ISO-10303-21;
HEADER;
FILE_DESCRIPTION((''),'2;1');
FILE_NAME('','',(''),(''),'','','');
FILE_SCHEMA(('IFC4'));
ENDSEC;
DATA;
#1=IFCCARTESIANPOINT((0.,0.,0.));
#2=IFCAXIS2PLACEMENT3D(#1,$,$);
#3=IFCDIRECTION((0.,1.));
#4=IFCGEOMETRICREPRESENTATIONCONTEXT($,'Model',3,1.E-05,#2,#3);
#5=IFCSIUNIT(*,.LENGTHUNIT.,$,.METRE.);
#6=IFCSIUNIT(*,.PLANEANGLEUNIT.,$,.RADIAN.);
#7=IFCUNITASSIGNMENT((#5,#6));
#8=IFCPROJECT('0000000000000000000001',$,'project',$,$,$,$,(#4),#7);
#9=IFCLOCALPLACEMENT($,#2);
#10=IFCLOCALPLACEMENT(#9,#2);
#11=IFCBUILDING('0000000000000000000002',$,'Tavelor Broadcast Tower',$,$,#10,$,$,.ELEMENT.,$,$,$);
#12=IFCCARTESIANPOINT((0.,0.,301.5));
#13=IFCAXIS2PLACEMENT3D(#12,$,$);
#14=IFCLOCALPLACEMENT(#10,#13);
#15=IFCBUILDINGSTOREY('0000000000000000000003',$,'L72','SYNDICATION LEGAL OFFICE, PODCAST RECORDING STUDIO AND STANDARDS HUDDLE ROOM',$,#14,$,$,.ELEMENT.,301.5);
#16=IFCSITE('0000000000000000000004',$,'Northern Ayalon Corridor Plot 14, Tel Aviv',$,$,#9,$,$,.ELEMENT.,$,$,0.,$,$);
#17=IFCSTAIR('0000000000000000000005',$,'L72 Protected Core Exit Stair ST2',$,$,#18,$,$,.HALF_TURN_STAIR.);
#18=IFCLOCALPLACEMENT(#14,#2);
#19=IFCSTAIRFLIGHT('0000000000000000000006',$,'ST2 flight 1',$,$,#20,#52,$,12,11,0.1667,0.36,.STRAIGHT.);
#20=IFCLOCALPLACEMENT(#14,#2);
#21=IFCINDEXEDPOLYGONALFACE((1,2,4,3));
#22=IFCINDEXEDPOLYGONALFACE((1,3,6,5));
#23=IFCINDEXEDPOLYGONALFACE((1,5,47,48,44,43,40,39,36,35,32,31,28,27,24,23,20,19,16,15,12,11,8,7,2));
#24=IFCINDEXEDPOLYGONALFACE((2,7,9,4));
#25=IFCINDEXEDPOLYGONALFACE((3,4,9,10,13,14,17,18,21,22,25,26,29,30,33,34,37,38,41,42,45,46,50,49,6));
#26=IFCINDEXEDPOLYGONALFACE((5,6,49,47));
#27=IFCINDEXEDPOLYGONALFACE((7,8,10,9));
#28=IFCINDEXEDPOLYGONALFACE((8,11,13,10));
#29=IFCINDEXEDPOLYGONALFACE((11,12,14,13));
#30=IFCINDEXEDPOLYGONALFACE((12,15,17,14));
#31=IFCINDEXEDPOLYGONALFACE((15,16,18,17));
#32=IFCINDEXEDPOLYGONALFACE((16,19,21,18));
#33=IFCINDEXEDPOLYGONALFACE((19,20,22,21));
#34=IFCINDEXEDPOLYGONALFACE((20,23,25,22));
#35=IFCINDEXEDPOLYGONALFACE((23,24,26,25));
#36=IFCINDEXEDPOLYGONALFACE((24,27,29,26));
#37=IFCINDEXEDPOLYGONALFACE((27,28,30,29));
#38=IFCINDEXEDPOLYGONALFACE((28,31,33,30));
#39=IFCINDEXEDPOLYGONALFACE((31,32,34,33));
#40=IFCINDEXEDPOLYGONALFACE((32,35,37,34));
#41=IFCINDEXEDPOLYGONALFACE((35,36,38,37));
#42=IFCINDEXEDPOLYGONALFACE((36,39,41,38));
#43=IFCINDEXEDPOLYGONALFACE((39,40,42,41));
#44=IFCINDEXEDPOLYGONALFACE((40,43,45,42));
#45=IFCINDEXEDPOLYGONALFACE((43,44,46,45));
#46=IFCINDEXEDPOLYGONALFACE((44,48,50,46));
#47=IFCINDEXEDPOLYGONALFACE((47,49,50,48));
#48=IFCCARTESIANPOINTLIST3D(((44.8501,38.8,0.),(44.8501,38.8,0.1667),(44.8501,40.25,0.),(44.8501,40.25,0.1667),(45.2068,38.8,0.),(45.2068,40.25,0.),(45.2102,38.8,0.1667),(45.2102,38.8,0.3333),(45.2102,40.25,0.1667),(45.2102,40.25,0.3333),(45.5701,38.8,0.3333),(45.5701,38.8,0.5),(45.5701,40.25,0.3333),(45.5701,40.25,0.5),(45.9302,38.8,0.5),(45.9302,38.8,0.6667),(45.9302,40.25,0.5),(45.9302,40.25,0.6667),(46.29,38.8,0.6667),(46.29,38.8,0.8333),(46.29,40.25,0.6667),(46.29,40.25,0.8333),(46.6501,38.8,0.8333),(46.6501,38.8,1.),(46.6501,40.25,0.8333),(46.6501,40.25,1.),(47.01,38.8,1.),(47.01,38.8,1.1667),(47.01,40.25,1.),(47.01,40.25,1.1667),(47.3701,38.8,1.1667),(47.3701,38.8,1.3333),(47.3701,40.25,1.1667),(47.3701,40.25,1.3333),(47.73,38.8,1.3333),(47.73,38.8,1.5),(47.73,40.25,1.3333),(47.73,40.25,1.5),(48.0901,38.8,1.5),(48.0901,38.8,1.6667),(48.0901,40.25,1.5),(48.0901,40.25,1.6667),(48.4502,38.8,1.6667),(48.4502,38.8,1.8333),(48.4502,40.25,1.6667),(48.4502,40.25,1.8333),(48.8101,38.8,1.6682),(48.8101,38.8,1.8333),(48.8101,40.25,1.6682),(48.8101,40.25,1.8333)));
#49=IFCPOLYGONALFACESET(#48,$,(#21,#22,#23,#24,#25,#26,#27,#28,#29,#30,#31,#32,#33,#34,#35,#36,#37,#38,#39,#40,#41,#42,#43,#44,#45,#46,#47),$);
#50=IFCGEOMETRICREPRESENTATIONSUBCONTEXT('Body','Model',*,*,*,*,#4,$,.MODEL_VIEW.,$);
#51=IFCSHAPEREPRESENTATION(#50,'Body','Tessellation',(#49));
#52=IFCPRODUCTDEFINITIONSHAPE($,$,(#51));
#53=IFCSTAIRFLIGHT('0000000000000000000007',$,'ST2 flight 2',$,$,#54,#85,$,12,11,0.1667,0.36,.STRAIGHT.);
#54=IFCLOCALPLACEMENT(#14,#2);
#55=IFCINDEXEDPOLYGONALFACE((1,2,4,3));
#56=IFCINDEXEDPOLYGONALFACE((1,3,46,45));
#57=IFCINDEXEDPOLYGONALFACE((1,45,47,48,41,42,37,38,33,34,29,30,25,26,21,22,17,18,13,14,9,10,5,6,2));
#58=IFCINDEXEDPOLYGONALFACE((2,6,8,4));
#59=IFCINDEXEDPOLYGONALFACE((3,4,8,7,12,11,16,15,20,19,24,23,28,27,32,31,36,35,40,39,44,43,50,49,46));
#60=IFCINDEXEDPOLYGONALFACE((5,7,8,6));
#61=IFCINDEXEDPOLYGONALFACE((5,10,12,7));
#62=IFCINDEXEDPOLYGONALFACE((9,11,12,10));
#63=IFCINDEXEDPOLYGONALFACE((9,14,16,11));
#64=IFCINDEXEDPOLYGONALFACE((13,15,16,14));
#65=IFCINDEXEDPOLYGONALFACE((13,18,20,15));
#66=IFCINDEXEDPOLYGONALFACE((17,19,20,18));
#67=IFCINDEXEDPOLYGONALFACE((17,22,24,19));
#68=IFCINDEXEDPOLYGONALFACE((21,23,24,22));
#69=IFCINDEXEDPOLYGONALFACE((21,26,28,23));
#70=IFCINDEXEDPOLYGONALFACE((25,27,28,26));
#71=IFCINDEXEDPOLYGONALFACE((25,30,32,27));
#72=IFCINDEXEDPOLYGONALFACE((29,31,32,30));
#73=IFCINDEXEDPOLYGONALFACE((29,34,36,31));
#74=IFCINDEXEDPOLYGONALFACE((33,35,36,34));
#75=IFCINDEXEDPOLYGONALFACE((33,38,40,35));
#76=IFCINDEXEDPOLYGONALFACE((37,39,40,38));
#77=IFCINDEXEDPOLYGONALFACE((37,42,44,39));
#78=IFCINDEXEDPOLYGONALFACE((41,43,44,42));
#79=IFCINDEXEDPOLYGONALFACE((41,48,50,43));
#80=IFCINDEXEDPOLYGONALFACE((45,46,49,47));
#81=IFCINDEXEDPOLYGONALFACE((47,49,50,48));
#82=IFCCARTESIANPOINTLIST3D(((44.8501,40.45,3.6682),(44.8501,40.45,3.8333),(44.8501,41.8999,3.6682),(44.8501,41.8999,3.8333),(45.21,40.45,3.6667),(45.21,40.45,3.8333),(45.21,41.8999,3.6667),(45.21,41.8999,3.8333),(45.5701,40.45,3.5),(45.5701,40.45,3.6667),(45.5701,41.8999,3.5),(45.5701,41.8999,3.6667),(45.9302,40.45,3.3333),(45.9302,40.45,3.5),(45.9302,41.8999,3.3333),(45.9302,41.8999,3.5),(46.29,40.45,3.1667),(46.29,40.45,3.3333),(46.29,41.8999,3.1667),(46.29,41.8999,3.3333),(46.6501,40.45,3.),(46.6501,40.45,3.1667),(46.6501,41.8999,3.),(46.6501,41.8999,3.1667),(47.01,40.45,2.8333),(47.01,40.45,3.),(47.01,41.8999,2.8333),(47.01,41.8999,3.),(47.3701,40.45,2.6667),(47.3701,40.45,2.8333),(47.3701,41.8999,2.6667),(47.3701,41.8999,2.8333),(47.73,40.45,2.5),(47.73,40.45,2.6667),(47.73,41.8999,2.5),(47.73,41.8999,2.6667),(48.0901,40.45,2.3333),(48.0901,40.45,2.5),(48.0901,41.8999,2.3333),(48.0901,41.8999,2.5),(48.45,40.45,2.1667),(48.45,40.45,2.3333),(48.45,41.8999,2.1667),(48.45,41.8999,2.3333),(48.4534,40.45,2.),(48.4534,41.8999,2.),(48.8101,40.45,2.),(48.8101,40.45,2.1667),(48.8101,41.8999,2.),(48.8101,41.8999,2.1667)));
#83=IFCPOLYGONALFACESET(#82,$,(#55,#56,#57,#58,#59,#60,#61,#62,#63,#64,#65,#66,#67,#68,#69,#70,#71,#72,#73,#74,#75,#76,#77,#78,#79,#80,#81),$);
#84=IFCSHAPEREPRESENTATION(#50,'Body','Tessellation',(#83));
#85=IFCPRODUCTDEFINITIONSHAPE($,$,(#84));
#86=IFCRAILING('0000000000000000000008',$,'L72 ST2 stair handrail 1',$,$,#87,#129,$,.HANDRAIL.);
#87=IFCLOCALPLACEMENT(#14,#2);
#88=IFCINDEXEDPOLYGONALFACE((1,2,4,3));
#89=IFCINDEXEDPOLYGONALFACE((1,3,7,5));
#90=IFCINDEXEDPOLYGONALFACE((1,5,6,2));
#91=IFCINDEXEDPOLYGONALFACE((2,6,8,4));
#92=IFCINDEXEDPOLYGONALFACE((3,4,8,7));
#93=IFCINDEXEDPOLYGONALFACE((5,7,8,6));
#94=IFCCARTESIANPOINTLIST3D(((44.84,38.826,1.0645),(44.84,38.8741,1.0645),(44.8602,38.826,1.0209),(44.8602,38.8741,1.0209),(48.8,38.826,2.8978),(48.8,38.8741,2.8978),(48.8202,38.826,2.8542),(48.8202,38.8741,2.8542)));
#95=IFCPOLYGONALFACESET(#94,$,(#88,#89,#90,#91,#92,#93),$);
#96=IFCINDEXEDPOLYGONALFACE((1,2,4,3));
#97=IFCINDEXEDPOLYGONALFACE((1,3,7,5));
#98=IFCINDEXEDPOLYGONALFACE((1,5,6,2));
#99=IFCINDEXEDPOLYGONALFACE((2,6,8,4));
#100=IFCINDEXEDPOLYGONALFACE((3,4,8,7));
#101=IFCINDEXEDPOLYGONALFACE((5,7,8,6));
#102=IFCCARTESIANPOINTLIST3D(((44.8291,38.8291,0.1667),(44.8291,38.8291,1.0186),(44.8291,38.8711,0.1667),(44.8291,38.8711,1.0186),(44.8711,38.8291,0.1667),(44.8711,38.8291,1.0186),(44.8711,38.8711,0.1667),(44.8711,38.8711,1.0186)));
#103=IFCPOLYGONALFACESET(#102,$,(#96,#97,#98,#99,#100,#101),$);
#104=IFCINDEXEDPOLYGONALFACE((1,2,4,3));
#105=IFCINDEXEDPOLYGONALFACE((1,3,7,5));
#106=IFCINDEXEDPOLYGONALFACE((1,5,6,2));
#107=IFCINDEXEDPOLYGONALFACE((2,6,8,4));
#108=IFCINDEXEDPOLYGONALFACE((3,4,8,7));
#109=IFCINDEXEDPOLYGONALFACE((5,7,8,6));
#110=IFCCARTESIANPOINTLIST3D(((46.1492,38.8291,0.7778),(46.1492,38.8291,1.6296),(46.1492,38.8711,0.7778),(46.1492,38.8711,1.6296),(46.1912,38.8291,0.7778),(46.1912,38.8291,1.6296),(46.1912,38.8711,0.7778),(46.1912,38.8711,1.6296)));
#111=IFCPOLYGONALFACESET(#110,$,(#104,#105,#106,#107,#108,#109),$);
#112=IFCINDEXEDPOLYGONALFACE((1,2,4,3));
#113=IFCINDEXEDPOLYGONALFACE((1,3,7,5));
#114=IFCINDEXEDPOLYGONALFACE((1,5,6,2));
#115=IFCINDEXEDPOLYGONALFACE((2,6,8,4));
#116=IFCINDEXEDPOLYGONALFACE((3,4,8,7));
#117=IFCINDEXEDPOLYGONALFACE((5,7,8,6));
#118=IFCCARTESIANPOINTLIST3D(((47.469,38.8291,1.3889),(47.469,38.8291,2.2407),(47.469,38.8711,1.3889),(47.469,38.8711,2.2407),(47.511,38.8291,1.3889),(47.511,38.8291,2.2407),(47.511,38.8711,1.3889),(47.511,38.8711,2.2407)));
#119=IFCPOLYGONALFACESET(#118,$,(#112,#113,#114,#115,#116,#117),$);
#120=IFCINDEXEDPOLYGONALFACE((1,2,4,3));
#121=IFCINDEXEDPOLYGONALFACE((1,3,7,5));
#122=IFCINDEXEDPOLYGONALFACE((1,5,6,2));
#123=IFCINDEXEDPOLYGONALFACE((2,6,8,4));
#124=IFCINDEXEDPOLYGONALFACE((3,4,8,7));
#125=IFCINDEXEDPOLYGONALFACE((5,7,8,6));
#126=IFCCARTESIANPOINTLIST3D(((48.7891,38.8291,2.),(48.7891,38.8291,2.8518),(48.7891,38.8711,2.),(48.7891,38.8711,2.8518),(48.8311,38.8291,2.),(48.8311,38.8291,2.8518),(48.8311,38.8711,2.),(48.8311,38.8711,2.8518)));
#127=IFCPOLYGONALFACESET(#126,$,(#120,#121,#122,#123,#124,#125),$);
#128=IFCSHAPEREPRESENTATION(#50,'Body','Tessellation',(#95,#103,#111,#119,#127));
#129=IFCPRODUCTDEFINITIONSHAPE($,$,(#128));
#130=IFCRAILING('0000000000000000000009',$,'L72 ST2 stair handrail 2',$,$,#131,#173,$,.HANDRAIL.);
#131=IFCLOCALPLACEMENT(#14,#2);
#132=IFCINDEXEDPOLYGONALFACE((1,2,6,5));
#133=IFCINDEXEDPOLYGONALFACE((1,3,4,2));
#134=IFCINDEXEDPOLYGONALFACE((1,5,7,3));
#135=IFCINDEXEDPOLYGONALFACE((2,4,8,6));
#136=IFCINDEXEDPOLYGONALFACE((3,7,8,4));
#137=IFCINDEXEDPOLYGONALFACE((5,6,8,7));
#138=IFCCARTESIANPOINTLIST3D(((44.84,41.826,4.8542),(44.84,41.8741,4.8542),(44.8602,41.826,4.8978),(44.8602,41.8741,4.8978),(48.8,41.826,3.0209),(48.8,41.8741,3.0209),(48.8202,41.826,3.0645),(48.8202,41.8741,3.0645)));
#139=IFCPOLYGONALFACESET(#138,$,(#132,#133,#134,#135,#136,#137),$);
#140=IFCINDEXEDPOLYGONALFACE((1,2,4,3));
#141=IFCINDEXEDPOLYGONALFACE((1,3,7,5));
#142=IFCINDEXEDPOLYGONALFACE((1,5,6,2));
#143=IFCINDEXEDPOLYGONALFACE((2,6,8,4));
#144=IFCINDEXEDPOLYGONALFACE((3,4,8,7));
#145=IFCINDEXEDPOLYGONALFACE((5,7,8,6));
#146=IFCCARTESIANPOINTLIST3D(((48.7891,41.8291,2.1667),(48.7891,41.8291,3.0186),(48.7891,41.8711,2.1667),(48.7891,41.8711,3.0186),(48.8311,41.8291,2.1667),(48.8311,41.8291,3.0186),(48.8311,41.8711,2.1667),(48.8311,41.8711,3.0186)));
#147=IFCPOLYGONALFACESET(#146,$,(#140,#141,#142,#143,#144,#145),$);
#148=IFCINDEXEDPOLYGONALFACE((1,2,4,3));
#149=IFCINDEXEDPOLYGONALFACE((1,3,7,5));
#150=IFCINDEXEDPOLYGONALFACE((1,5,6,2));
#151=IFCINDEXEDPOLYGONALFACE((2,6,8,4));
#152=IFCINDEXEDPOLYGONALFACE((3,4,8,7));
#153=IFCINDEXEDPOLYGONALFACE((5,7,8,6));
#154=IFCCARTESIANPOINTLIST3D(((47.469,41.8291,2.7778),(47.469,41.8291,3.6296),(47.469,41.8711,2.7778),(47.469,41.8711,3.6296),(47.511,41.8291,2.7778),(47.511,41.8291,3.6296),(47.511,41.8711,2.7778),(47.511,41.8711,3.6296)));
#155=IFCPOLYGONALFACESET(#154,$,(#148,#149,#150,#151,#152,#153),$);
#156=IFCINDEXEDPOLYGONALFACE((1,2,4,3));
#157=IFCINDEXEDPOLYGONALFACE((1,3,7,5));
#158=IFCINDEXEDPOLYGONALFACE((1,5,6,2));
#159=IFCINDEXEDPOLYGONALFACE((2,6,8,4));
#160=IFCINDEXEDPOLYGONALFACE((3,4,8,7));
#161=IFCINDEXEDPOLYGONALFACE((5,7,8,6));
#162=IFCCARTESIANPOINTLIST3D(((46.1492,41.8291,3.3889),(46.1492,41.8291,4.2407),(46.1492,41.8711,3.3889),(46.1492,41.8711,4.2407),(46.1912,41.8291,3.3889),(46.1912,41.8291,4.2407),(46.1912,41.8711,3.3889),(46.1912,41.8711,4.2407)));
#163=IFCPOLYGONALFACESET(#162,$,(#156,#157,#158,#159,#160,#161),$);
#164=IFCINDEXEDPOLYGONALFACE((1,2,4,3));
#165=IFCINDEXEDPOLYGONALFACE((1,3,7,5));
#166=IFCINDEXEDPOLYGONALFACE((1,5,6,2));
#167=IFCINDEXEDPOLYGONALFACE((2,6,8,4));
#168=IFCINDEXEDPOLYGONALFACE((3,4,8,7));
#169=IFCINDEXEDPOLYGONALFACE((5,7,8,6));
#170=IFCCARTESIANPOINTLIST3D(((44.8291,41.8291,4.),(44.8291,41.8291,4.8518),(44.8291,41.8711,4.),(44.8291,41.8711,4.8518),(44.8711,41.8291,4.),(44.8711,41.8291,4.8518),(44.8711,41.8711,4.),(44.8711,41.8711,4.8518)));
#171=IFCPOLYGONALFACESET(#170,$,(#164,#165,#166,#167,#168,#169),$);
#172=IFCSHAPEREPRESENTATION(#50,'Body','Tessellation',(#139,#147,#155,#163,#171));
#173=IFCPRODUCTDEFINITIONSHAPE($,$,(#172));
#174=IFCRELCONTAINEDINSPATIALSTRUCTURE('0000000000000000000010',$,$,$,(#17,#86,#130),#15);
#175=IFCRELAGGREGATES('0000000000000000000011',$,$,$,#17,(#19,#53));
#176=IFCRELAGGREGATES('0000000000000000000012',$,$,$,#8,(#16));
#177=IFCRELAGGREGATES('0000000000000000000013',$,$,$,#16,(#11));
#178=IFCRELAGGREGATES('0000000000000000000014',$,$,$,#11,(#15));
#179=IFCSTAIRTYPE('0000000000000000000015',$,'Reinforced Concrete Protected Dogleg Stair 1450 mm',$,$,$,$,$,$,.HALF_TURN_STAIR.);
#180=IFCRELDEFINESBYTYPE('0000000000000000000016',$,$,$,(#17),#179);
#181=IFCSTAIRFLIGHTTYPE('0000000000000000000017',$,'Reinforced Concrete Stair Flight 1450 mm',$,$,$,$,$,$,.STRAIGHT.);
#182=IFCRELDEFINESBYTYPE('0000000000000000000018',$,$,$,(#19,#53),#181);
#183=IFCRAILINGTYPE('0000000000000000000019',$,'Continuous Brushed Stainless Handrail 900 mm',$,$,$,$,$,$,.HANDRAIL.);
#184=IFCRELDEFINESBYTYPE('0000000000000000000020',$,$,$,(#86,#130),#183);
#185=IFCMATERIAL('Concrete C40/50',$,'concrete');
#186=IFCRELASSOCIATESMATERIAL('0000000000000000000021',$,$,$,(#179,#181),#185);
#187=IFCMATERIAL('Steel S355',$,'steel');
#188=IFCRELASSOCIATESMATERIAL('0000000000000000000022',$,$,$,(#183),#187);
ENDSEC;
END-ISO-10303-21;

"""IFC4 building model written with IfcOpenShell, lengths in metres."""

from ifc_helpers import new_model, si_unit, direction, frame, origin, origin_2d, place, context, subcontext, project, spatial, polyline, rectangle, outline, extrude, material, type_object, element, aggregate, save


model = new_model("IFC4")

# Units and contexts
model_context = context("Model", 3, precision=1e-05, world=origin(), true_north=direction((0.0, 1.0)))
body_context = subcontext(model_context, "Body", "Model", "MODEL_VIEW")
ifc_project = project(units=[si_unit("LENGTHUNIT", "METRE"), si_unit("PLANEANGLEUNIT", "RADIAN")], contexts=[model_context])

# Site, building, storey
site_placement = place(None, origin())
site = spatial("IfcSite", under=ifc_project, at=site_placement, Name="Northern Ayalon Corridor Plot 14, Tel Aviv", CompositionType="ELEMENT", RefElevation=0.0)
building_placement = place(site_placement, origin())
building = spatial("IfcBuilding", under=site, at=building_placement, Name="Tavelor Broadcast Tower", CompositionType="ELEMENT")
storey_placement = place(building_placement, frame((0.0, 0.0, 301.5)))
storey = spatial("IfcBuildingStorey", under=building, at=storey_placement, Name="L72", Description="SYNDICATION LEGAL OFFICE, PODCAST RECORDING STUDIO AND STANDARDS HUDDLE ROOM", CompositionType="ELEMENT", Elevation=301.5)

# Shared definitions
ifc_material_1 = material(Name="Concrete C40/50", Category="concrete")
ifc_material_2 = material(Name="Steel S355", Category="steel")

# Stair, stair flights
stair_type = type_object("IfcStairType", Name="Reinforced Concrete Protected Dogleg Stair 1450 mm", PredefinedType="HALF_TURN_STAIR", material=ifc_material_1)
stair_placement = place(storey_placement, origin())
stair = element("IfcStair", 1, at=stair_placement, inside=storey, type_object=stair_type, Name="L72 Protected Core Exit Stair ST2", PredefinedType="HALF_TURN_STAIR")
stair_flight_type = type_object("IfcStairFlightType", Name="Reinforced Concrete Stair Flight 1450 mm", PredefinedType="STRAIGHT", material=ifc_material_1)
stair_flight_1_placement = place(storey_placement, frame((44.8501, 39.5249, 0.0), z_axis=(0.0, 0.0, 1.0), x_axis=(1.0, 0.0, 0.0)))
stair_flight_1 = element("IfcStairFlight", 2, at=stair_flight_1_placement, type_object=stair_flight_type, Name="ST2 flight 1", NumberOfRisers=12, NumberOfTreads=11, PredefinedType="STRAIGHT", RiserHeight=0.1667, TreadLength=0.36, context=body_context, shape_type="SweptSolid", body=[
    extrude(outline(polyline([(0.0, 0.0), (0.0, 0.1667), (0.3601, 0.1667), (0.3601, 0.3333), (0.72, 0.3333), (0.72, 0.5), (1.0801, 0.5), (1.0801, 0.6667), (1.4399, 0.6667), (1.4399, 0.8333), (1.8, 0.8333), (1.8, 1.0), (2.1599, 1.0), (2.1599, 1.1667), (2.52, 1.1667), (2.52, 1.3333), (2.8799, 1.3333), (2.8799, 1.5), (3.24, 1.5), (3.24, 1.6667), (3.6001, 1.6667), (3.6001, 1.8333), (3.96, 1.8333), (3.96, 2.0), (3.96, 1.6682), (0.3567, 0.0), (0.0, 0.0)])), frame((0.0, 0.7251, 0.0), z_axis=(0.0, -1.0, 0.0), x_axis=(1.0, 0.0, 0.0)), (0.0, 0.0, 1.0), 1.45),
])
stair_flight_2_placement = place(storey_placement, frame((48.8101, 41.175, 2.0), z_axis=(0.0, 0.0, 1.0), x_axis=(-1.0, 0.0, 0.0)))
stair_flight_2 = element("IfcStairFlight", 3, at=stair_flight_2_placement, type_object=stair_flight_type, Name="ST2 flight 2", NumberOfRisers=12, NumberOfTreads=11, PredefinedType="STRAIGHT", RiserHeight=0.1667, TreadLength=0.36, context=body_context, shape_type="SweptSolid", body=[
    extrude(outline(polyline([(0.0, 0.0), (0.0, 0.1667), (0.3601, 0.1667), (0.3601, 0.3333), (0.72, 0.3333), (0.72, 0.5), (1.0801, 0.5), (1.0801, 0.6667), (1.4399, 0.6667), (1.4399, 0.8333), (1.8, 0.8333), (1.8, 1.0), (2.1599, 1.0), (2.1599, 1.1667), (2.52, 1.1667), (2.52, 1.3333), (2.8799, 1.3333), (2.8799, 1.5), (3.24, 1.5), (3.24, 1.6667), (3.6001, 1.6667), (3.6001, 1.8333), (3.96, 1.8333), (3.96, 2.0), (3.96, 1.6682), (0.3567, 0.0), (0.0, 0.0)])), frame((0.0, 0.7251, 0.0), z_axis=(0.0, -1.0, 0.0), x_axis=(1.0, 0.0, 0.0)), (0.0, 0.0, 1.0), 1.45),
])
aggregate(stair, [stair_flight_1, stair_flight_2])

# Railings
railing_type_1 = type_object("IfcRailingType", Name="Continuous Brushed Stainless Handrail 900 mm", PredefinedType="HANDRAIL", material=ifc_material_2)
railing_1_placement = place(storey_placement, frame((44.8501, 38.8501, 0.1667)))
element("IfcRailing", 4, at=railing_1_placement, inside=storey, type_object=railing_type_1, Name="L72 ST2 stair handrail 1", PredefinedType="HANDRAIL", context=body_context, shape_type="SweptSolid", body=[
    extrude(rectangle(XDim=0.0481, YDim=0.0481, at=origin_2d()), frame((0.0, 0.0, 0.876), z_axis=(0.907472, 0.0, 0.420112), x_axis=(0.0, 1.0, 0.0)), (0.0, 0.0, 1.0), 4.3638),
    extrude(rectangle(XDim=0.042, YDim=0.042, at=origin_2d()), origin(), (0.0, 0.0, 1.0), 0.8518),
    extrude(rectangle(XDim=0.042, YDim=0.042, at=origin_2d()), frame((1.3201, 0.0, 0.6111)), (0.0, 0.0, 1.0), 0.8518),
    extrude(rectangle(XDim=0.042, YDim=0.042, at=origin_2d()), frame((2.6399, 0.0, 1.2222)), (0.0, 0.0, 1.0), 0.8518),
    extrude(rectangle(XDim=0.042, YDim=0.042, at=origin_2d()), frame((3.96, 0.0, 1.8333)), (0.0, 0.0, 1.0), 0.8518),
])
railing_2_placement = place(storey_placement, frame((48.8101, 41.8501, 2.1667)))
element("IfcRailing", 5, at=railing_2_placement, inside=storey, type_object=railing_type_1, Name="L72 ST2 stair handrail 2", PredefinedType="HANDRAIL", context=body_context, shape_type="SweptSolid", body=[
    extrude(rectangle(XDim=0.0481, YDim=0.0481, at=origin_2d()), frame((0.0, 0.0, 0.876), z_axis=(-0.907472, 0.0, 0.420112), x_axis=(0.0, -1.0, 0.0)), (0.0, 0.0, 1.0), 4.3638),
    extrude(rectangle(XDim=0.042, YDim=0.042, at=origin_2d()), origin(), (0.0, 0.0, 1.0), 0.8518),
    extrude(rectangle(XDim=0.042, YDim=0.042, at=origin_2d()), frame((-1.3201, 0.0, 0.6111)), (0.0, 0.0, 1.0), 0.8518),
    extrude(rectangle(XDim=0.042, YDim=0.042, at=origin_2d()), frame((-2.6399, 0.0, 1.2222)), (0.0, 0.0, 1.0), 0.8518),
    extrude(rectangle(XDim=0.042, YDim=0.042, at=origin_2d()), frame((-3.96, 0.0, 1.8333)), (0.0, 0.0, 1.0), 0.8518),
])

save(model, "model.ifc")
